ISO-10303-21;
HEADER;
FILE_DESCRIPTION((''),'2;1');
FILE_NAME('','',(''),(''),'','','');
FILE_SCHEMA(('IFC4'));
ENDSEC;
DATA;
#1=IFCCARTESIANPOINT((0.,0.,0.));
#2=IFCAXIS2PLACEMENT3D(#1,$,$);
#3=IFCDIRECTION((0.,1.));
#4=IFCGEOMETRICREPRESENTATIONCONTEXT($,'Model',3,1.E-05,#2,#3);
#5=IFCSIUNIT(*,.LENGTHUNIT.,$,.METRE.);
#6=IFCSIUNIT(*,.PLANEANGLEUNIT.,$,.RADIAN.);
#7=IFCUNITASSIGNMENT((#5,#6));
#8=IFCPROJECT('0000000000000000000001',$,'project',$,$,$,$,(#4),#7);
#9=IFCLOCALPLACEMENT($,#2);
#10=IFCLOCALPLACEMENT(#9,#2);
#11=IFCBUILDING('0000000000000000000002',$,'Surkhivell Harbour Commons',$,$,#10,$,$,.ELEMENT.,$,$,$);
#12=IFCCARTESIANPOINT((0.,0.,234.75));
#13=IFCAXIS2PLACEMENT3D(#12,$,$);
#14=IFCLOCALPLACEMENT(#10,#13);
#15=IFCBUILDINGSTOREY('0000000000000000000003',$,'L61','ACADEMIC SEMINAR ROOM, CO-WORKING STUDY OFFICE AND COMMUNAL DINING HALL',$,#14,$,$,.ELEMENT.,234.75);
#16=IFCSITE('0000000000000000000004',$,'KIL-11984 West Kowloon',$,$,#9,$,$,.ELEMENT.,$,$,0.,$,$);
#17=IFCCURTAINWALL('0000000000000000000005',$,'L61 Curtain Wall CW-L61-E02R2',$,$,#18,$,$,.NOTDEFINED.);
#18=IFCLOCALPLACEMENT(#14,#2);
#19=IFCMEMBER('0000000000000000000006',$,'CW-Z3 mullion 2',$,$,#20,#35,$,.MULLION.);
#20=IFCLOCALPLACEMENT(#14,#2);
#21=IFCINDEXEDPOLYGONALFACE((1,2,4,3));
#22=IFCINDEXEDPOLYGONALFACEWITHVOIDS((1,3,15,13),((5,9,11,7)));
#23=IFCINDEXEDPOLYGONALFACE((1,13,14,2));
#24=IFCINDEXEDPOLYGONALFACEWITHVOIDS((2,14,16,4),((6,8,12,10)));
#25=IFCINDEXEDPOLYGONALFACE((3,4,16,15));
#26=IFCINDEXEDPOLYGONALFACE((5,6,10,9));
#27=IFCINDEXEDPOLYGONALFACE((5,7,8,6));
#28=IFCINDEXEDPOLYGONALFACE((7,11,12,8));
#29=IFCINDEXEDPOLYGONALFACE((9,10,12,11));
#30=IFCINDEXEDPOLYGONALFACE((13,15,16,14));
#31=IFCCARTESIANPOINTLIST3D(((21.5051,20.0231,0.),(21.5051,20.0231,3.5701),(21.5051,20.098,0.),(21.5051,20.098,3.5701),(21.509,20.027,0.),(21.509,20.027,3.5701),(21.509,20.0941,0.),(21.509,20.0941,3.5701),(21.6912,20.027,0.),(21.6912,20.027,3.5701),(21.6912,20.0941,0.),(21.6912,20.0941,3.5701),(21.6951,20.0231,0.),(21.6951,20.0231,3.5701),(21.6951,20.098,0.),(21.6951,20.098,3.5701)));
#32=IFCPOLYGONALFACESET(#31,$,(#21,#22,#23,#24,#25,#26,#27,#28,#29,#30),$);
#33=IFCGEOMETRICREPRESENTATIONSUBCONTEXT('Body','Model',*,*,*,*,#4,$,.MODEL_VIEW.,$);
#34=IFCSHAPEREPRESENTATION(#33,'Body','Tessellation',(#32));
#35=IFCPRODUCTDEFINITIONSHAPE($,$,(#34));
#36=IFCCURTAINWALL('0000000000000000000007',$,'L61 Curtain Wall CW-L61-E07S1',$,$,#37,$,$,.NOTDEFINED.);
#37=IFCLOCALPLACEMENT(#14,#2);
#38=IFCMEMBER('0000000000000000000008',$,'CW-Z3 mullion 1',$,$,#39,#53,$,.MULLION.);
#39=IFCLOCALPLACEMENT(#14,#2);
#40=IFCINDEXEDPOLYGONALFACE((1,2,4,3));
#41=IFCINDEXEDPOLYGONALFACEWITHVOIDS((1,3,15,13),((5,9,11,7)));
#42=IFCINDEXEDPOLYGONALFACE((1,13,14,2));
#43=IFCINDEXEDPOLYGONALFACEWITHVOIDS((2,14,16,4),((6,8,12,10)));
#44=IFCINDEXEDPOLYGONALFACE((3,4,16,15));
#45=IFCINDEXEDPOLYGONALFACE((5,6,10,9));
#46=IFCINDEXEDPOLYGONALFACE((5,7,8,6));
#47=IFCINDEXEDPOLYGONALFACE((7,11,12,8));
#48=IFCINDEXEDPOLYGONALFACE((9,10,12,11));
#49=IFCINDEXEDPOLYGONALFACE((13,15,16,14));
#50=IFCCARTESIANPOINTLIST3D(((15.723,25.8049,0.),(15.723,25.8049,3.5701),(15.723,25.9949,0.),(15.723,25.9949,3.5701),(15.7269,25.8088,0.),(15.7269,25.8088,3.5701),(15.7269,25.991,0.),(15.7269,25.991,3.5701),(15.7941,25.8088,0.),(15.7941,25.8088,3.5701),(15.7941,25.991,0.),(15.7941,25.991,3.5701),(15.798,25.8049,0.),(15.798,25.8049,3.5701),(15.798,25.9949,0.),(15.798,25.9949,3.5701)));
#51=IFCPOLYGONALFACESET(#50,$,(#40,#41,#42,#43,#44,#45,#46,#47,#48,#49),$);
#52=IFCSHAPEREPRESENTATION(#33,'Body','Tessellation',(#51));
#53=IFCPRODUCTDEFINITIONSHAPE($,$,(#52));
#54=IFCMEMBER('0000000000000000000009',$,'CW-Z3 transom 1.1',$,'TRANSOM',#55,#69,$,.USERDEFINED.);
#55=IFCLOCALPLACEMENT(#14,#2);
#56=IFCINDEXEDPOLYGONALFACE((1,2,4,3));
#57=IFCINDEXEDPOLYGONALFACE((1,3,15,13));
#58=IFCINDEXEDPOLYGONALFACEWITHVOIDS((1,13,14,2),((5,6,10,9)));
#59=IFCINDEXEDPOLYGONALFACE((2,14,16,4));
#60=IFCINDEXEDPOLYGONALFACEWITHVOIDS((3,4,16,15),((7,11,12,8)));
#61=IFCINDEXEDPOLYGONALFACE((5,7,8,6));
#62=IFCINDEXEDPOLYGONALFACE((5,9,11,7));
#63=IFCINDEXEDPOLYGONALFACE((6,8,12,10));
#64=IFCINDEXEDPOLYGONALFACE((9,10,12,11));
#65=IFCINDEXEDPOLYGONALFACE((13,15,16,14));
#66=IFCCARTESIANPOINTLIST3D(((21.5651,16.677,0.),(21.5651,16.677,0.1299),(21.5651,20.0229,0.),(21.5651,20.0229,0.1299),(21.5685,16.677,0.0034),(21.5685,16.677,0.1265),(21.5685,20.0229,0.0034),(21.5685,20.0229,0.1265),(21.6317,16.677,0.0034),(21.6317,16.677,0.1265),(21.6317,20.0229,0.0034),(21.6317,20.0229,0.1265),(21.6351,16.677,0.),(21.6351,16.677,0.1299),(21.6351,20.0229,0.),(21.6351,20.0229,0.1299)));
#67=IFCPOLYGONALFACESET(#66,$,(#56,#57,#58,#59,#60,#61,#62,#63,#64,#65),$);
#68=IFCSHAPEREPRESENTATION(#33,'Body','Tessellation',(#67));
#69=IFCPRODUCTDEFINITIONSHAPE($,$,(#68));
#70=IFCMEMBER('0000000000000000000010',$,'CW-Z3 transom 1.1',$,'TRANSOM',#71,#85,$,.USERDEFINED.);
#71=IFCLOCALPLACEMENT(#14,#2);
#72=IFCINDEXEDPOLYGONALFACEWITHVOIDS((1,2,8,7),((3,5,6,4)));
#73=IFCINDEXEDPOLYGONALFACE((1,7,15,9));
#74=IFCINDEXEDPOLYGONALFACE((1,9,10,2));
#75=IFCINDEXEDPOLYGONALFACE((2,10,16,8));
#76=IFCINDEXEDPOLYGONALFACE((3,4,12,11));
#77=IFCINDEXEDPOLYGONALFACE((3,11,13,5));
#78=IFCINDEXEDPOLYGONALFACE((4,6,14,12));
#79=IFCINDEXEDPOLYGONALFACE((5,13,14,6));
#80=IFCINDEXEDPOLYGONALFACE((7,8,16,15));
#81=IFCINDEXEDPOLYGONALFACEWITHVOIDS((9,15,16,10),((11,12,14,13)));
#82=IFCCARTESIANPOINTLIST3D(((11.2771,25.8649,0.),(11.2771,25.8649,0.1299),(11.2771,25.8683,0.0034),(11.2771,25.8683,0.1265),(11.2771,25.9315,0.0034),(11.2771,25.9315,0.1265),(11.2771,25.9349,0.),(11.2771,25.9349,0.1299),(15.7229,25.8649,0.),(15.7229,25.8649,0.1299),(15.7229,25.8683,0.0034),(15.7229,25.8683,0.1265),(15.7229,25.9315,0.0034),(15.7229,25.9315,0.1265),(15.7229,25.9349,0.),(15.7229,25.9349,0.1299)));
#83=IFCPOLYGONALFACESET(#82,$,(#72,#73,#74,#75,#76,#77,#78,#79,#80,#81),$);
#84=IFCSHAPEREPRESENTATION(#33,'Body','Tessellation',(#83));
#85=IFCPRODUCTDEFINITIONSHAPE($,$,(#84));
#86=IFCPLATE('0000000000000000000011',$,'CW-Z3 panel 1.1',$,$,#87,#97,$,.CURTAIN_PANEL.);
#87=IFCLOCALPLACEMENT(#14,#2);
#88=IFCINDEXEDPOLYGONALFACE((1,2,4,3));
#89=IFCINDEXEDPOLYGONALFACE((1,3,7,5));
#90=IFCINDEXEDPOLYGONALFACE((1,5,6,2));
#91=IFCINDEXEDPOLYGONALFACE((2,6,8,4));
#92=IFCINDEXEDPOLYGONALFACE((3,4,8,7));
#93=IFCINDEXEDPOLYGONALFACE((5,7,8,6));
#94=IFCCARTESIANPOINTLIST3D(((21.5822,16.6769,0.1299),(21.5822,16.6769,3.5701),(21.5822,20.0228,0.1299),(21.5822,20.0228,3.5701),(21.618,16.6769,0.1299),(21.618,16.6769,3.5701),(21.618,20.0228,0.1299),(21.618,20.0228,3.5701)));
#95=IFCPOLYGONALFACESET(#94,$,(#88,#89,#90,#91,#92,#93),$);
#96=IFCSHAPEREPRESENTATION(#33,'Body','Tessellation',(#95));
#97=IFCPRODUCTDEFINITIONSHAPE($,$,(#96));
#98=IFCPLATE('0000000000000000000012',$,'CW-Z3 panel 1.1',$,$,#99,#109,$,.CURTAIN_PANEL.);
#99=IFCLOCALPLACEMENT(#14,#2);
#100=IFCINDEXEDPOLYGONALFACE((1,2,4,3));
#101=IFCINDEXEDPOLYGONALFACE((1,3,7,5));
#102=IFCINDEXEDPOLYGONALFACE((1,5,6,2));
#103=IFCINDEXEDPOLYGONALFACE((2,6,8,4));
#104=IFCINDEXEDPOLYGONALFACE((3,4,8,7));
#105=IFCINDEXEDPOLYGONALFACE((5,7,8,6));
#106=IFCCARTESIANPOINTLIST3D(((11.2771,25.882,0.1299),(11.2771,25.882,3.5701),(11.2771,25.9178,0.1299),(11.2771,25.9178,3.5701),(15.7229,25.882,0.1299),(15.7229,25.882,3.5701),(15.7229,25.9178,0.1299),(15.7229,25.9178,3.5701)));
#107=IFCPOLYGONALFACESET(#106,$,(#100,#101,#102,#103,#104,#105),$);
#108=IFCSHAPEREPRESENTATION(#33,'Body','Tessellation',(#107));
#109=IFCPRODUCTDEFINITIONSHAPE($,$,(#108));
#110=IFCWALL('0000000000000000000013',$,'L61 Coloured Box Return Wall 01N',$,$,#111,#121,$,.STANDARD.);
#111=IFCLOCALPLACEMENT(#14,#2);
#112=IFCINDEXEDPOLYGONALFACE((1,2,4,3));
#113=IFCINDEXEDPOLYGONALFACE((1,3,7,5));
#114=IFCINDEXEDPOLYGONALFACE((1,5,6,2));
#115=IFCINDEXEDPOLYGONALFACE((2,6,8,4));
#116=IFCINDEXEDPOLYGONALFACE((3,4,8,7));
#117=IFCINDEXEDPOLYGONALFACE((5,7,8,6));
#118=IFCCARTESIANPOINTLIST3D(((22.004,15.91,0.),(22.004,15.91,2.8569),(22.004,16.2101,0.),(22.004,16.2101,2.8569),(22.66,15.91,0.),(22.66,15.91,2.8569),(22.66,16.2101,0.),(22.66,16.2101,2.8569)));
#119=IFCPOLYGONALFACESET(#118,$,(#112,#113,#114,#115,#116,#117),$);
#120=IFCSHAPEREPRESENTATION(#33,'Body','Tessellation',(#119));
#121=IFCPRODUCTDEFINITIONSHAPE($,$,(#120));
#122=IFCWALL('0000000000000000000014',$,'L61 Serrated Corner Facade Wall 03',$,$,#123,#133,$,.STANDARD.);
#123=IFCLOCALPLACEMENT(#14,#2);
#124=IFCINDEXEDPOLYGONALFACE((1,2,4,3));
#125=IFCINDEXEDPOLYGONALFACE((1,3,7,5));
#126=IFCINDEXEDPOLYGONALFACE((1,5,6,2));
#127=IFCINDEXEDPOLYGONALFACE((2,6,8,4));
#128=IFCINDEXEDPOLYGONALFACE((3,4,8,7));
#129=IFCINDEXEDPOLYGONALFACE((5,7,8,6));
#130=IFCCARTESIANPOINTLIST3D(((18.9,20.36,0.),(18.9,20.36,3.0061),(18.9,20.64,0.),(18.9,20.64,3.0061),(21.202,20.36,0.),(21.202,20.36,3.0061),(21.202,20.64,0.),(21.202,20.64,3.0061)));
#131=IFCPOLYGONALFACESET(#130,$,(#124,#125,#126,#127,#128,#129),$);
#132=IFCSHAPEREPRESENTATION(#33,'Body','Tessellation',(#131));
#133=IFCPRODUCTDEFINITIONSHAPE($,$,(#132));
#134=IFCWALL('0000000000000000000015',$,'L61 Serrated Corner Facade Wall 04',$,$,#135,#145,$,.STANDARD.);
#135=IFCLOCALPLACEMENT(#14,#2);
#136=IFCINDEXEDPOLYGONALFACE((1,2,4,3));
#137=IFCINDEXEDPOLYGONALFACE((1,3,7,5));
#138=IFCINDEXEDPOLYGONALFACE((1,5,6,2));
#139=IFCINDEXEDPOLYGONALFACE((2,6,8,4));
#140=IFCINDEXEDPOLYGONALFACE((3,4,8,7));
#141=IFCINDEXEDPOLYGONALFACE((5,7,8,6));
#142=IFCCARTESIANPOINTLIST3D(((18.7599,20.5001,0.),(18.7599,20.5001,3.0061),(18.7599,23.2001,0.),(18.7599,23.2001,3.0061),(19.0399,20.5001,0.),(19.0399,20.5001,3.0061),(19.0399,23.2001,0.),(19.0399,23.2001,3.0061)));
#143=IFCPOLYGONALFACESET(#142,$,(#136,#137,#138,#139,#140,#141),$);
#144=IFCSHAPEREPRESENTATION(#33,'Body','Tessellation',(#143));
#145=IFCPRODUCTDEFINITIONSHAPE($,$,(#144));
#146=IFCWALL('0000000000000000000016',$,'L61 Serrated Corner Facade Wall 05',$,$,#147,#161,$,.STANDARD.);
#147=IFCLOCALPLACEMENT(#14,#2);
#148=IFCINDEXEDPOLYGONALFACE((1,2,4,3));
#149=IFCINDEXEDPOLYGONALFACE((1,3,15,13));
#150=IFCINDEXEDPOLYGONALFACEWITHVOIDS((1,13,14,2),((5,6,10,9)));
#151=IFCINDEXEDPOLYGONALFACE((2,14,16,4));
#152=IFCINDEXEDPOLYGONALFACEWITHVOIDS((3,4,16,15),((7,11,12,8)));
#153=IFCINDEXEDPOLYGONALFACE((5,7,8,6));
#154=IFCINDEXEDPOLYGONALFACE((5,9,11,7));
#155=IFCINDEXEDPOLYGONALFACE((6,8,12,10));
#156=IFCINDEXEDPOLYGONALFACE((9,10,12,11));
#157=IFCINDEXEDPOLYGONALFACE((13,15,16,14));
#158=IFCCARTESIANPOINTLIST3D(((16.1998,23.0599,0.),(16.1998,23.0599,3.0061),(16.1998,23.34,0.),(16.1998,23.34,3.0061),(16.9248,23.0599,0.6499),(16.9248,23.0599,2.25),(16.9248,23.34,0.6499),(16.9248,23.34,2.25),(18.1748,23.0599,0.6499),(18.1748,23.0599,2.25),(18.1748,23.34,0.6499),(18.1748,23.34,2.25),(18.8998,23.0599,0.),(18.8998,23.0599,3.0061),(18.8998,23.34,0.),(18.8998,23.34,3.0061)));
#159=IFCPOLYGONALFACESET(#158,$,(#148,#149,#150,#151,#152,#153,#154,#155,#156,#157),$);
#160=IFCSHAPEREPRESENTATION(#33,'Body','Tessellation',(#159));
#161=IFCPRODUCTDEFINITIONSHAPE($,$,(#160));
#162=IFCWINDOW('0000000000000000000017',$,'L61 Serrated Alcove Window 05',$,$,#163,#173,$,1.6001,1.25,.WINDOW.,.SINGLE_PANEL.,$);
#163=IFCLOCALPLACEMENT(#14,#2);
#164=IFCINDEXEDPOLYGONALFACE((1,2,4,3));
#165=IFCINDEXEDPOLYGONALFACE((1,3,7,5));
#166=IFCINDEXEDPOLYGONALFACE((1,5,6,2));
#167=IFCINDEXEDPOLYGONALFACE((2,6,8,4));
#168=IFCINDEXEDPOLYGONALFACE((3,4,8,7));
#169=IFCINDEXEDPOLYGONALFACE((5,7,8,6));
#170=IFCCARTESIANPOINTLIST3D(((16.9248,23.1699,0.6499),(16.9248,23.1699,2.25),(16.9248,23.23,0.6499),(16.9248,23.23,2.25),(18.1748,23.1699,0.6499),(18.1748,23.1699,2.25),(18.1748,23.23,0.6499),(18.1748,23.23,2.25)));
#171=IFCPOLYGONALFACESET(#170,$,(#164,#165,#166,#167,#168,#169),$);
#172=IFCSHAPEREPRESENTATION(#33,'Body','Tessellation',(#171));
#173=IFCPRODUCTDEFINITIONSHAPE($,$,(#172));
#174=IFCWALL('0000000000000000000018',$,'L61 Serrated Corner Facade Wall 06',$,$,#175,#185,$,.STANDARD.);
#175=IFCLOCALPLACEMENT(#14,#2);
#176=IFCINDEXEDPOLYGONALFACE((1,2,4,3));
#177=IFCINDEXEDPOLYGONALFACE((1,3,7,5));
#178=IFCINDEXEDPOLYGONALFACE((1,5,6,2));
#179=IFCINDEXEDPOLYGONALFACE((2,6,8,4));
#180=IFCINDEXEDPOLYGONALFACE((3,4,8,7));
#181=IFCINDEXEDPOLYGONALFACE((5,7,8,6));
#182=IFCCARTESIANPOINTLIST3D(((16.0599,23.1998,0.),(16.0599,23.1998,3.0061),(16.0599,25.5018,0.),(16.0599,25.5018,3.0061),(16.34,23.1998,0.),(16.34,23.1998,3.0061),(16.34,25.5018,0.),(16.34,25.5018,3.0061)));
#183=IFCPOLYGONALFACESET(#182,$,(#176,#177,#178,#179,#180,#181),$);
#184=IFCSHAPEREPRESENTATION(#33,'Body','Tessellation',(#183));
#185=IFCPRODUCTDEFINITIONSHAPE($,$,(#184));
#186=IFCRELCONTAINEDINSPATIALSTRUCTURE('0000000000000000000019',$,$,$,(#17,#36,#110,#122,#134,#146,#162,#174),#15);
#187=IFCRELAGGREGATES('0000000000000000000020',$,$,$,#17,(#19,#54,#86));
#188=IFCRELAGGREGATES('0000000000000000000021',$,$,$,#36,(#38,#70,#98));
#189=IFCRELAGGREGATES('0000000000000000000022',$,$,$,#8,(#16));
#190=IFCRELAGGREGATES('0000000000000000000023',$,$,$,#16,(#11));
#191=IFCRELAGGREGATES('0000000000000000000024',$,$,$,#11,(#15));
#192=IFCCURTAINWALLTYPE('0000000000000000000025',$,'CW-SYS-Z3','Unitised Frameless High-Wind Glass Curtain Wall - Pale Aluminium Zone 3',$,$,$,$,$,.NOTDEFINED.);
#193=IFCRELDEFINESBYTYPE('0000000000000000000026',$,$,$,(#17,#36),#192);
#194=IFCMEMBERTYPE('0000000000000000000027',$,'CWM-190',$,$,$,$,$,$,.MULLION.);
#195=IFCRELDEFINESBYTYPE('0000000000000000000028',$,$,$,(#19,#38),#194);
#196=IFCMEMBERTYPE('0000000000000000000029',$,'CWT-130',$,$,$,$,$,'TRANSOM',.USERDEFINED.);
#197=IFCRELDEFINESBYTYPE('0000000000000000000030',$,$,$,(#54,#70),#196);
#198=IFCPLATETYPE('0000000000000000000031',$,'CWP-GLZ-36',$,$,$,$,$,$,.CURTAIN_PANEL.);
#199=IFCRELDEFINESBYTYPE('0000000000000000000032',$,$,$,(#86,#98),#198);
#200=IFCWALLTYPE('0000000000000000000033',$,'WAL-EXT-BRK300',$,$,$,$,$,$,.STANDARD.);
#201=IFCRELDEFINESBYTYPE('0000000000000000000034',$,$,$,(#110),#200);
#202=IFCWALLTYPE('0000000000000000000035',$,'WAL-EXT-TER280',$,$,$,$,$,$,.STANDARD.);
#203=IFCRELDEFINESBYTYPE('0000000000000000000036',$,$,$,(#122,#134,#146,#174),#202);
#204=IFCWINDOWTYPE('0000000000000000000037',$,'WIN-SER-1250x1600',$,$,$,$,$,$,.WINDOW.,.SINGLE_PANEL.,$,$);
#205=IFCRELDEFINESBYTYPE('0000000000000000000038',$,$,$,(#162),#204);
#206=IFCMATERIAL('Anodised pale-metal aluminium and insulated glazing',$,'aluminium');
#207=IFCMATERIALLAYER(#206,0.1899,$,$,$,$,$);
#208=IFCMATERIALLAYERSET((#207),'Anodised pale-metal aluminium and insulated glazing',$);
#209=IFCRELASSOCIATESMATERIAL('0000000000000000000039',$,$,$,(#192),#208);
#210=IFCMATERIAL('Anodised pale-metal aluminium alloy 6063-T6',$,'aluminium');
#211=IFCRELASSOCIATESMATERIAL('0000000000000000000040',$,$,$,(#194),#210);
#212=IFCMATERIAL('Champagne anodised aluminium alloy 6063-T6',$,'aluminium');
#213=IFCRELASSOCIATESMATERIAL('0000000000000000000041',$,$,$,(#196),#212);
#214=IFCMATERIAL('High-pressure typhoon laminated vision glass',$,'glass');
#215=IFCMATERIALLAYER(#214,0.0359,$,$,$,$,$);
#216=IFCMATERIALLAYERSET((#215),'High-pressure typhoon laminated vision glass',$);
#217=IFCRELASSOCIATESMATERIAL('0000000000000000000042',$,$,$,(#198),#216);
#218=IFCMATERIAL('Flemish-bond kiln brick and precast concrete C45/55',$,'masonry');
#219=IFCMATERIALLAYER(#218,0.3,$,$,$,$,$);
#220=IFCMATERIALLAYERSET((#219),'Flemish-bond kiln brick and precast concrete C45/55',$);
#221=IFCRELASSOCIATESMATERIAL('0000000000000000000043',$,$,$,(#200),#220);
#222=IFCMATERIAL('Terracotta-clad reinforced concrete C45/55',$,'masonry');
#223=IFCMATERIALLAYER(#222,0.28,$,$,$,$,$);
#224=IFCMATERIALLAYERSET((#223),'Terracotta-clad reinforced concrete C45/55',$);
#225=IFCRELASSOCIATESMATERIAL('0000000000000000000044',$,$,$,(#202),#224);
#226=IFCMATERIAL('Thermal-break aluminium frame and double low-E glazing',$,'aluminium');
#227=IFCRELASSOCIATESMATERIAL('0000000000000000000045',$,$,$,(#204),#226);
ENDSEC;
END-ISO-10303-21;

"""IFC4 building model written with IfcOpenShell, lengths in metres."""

from ifc_helpers import new_model, si_unit, direction, frame, frame_2d, origin, origin_2d, place, context, subcontext, project, spatial, rectangle, hollow_rectangle, extrude, material, layer, layer_set, material_profile, profile_set, type_object, element, fill, aggregate, save


model = new_model("IFC4")

# Units and contexts
model_context = context("Model", 3, precision=1e-05, world=origin(), true_north=direction((0.0, 1.0)))
body_context = subcontext(model_context, "Body", "Model", "MODEL_VIEW")
ifc_project = project(units=[si_unit("LENGTHUNIT", "METRE"), si_unit("PLANEANGLEUNIT", "RADIAN")], contexts=[model_context])

# Site, building, storey
site_placement = place(None, origin())
site = spatial("IfcSite", under=ifc_project, at=site_placement, Name="KIL-11984 West Kowloon", CompositionType="ELEMENT", RefElevation=0.0)
building_placement = place(site_placement, origin())
building = spatial("IfcBuilding", under=site, at=building_placement, Name="Surkhivell Harbour Commons", CompositionType="ELEMENT")
storey_placement = place(building_placement, frame((0.0, 0.0, 234.75)))
storey = spatial("IfcBuildingStorey", under=building, at=storey_placement, Name="L61", Description="ACADEMIC SEMINAR ROOM, CO-WORKING STUDY OFFICE AND COMMUNAL DINING HALL", CompositionType="ELEMENT", Elevation=234.75)

# Curtain wall, member
ifc_material_1 = material(Name="Anodised pale-metal aluminium and insulated glazing", Category="aluminium")
ifc_layer_1 = layer(ifc_material_1, 0.1899)
ifc_layer_set_1 = layer_set([ifc_layer_1], Name="Anodised pale-metal aluminium and insulated glazing")
curtain_wall_type = type_object("IfcCurtainWallType", Name="CW-SYS-Z3", Description="Unitised Frameless High-Wind Glass Curtain Wall - Pale Aluminium Zone 3", PredefinedType="NOTDEFINED", material=ifc_layer_set_1)
curtain_wall_1_placement = place(storey_placement, origin())
curtain_wall_1 = element("IfcCurtainWall", 1, at=curtain_wall_1_placement, inside=storey, type_object=curtain_wall_type, Name="L61 Curtain Wall CW-L61-E02R2", PredefinedType="NOTDEFINED")
ifc_material_2 = material(Name="Anodised pale-metal aluminium alloy 6063-T6", Category="aluminium")
ifc_material_profile_1 = material_profile(ifc_material_2, hollow_rectangle(XDim=0.075, YDim=0.1899, WallThickness=0.0039, at=origin_2d()), Name="ALU-MULL-75x190")
ifc_profile_set_1 = profile_set([ifc_material_profile_1], Name="Anodised pale-metal aluminium alloy 6063-T6")
member_type_1 = type_object("IfcMemberType", Name="CWM-190", PredefinedType="MULLION", material=ifc_profile_set_1)
member_1_placement = place(storey_placement, frame((21.6001, 20.0605, 0.0), z_axis=(0.0, 0.0, 1.0), x_axis=(0.0, 1.0, 0.0)))
member_1 = element("IfcMember", 2, at=member_1_placement, type_object=member_type_1, Name="CW-Z3 mullion 2", PredefinedType="MULLION", context=body_context, shape_type="SweptSolid", body=[
    extrude(hollow_rectangle(XDim=0.075, YDim=0.1899, WallThickness=0.0039, at=origin_2d()), origin(), (0.0, 0.0, 1.0), 3.5701),
])

# Curtain wall, member
curtain_wall_2_placement = place(storey_placement, origin())
curtain_wall_2 = element("IfcCurtainWall", 3, at=curtain_wall_2_placement, inside=storey, type_object=curtain_wall_type, Name="L61 Curtain Wall CW-L61-E07S1", PredefinedType="NOTDEFINED")
member_2_placement = place(storey_placement, frame((15.7605, 25.8999, 0.0), z_axis=(0.0, 0.0, 1.0), x_axis=(-1.0, 0.0, 0.0)))
member_2 = element("IfcMember", 4, at=member_2_placement, type_object=member_type_1, Name="CW-Z3 mullion 1", PredefinedType="MULLION", context=body_context, shape_type="SweptSolid", body=[
    extrude(hollow_rectangle(XDim=0.075, YDim=0.1899, WallThickness=0.0039, at=origin_2d()), origin(), (0.0, 0.0, 1.0), 3.5701),
])

# Members
ifc_material_3 = material(Name="Champagne anodised aluminium alloy 6063-T6", Category="aluminium")
ifc_material_profile_2 = material_profile(ifc_material_3, hollow_rectangle(XDim=0.0701, YDim=0.1299, WallThickness=0.0034, at=origin_2d()), Name="ALU-TRAN-70x130")
ifc_profile_set_2 = profile_set([ifc_material_profile_2], Name="Champagne anodised aluminium alloy 6063-T6")
member_type_2 = type_object("IfcMemberType", Name="CWT-130", ElementType="TRANSOM", PredefinedType="USERDEFINED", material=ifc_profile_set_2)
member_3_placement = place(storey_placement, frame((21.6001, 16.677, 0.0649), z_axis=(0.0, 1.0, 0.0), x_axis=(-1.0, 0.0, 0.0)))
member_3 = element("IfcMember", 5, at=member_3_placement, type_object=member_type_2, Name="CW-Z3 transom 1.1", ObjectType="TRANSOM", PredefinedType="USERDEFINED", context=body_context, shape_type="SweptSolid", body=[
    extrude(hollow_rectangle(XDim=0.0701, YDim=0.1299, WallThickness=0.0034, at=origin_2d()), origin(), (0.0, 0.0, 1.0), 3.3459),
])
member_4_placement = place(storey_placement, frame((15.7229, 25.8999, 0.0649), z_axis=(-1.0, 0.0, 0.0), x_axis=(0.0, -1.0, 0.0)))
member_4 = element("IfcMember", 6, at=member_4_placement, type_object=member_type_2, Name="CW-Z3 transom 1.1", ObjectType="TRANSOM", PredefinedType="USERDEFINED", context=body_context, shape_type="SweptSolid", body=[
    extrude(hollow_rectangle(XDim=0.0701, YDim=0.1299, WallThickness=0.0034, at=origin_2d()), origin(), (0.0, 0.0, 1.0), 4.4458),
])

# Plates
ifc_material_4 = material(Name="High-pressure typhoon laminated vision glass", Category="glass")
ifc_layer_2 = layer(ifc_material_4, 0.0359)
ifc_layer_set_2 = layer_set([ifc_layer_2], Name="High-pressure typhoon laminated vision glass")
plate_type = type_object("IfcPlateType", Name="CWP-GLZ-36", PredefinedType="CURTAIN_PANEL", material=ifc_layer_set_2)
plate_1_placement = place(storey_placement, frame((21.6001, 16.677, 0.1299), z_axis=(0.0, 0.0, 1.0), x_axis=(0.0, 1.0, 0.0)))
plate_1 = element("IfcPlate", 7, at=plate_1_placement, type_object=plate_type, Name="CW-Z3 panel 1.1", PredefinedType="CURTAIN_PANEL", context=body_context, shape_type="SweptSolid", body=[
    extrude(rectangle(XDim=3.3459, YDim=0.0359, at=frame_2d((1.6729, 0.0))), origin(), (0.0, 0.0, 1.0), 3.4402),
])
aggregate(curtain_wall_1, [member_1, member_3, plate_1])
plate_2_placement = place(storey_placement, frame((15.7229, 25.8999, 0.1299), z_axis=(0.0, 0.0, 1.0), x_axis=(-1.0, 0.0, 0.0)))
plate_2 = element("IfcPlate", 8, at=plate_2_placement, type_object=plate_type, Name="CW-Z3 panel 1.1", PredefinedType="CURTAIN_PANEL", context=body_context, shape_type="SweptSolid", body=[
    extrude(rectangle(XDim=4.4458, YDim=0.0359, at=frame_2d((2.2229, 0.0))), origin(), (0.0, 0.0, 1.0), 3.4402),
])
aggregate(curtain_wall_2, [member_2, member_4, plate_2])

# Walls
ifc_material_5 = material(Name="Flemish-bond kiln brick and precast concrete C45/55", Category="masonry")
ifc_layer_3 = layer(ifc_material_5, 0.3)
ifc_layer_set_3 = layer_set([ifc_layer_3], Name="Flemish-bond kiln brick and precast concrete C45/55")
wall_type_1 = type_object("IfcWallType", Name="WAL-EXT-BRK300", PredefinedType="STANDARD", material=ifc_layer_set_3)
wall_1_placement = place(storey_placement, frame((22.0039, 16.0601, 0.0), z_axis=(0.0, 0.0, 1.0), x_axis=(1.0, 0.0, 0.0)))
element("IfcWall", 9, at=wall_1_placement, inside=storey, type_object=wall_type_1, Name="L61 Coloured Box Return Wall 01N", PredefinedType="STANDARD", context=body_context, shape_type="SweptSolid", body=[
    extrude(rectangle(XDim=0.656, YDim=0.3, at=frame_2d((0.3281, 0.0))), origin(), (0.0, 0.0, 1.0), 2.8569),
])
ifc_material_6 = material(Name="Terracotta-clad reinforced concrete C45/55", Category="masonry")
ifc_layer_4 = layer(ifc_material_6, 0.28)
ifc_layer_set_4 = layer_set([ifc_layer_4], Name="Terracotta-clad reinforced concrete C45/55")
wall_type_2 = type_object("IfcWallType", Name="WAL-EXT-TER280", PredefinedType="STANDARD", material=ifc_layer_set_4)
wall_2_placement = place(storey_placement, frame((21.2019, 20.5, 0.0), z_axis=(0.0, 0.0, 1.0), x_axis=(-1.0, 0.0, 0.0)))
element("IfcWall", 10, at=wall_2_placement, inside=storey, type_object=wall_type_2, Name="L61 Serrated Corner Facade Wall 03", PredefinedType="STANDARD", context=body_context, shape_type="SweptSolid", body=[
    extrude(rectangle(XDim=2.302, YDim=0.28, at=frame_2d((1.1509, 0.0))), origin(), (0.0, 0.0, 1.0), 3.0061),
])
wall_3_placement = place(storey_placement, frame((18.8999, 20.5, 0.0), z_axis=(0.0, 0.0, 1.0), x_axis=(0.0, 1.0, 0.0)))
element("IfcWall", 11, at=wall_3_placement, inside=storey, type_object=wall_type_2, Name="L61 Serrated Corner Facade Wall 04", PredefinedType="STANDARD", context=body_context, shape_type="SweptSolid", body=[
    extrude(rectangle(XDim=2.7, YDim=0.28, at=frame_2d((1.3501, 0.0))), origin(), (0.0, 0.0, 1.0), 3.0061),
])

# Wall, opening, window
wall_4_placement = place(storey_placement, frame((18.8999, 23.2, 0.0), z_axis=(0.0, 0.0, 1.0), x_axis=(-1.0, 0.0, 0.0)))
wall_4 = element("IfcWall", 12, at=wall_4_placement, inside=storey, type_object=wall_type_2, Name="L61 Serrated Corner Facade Wall 05", PredefinedType="STANDARD", context=body_context, shape_type="SweptSolid", body=[
    extrude(rectangle(XDim=2.7, YDim=0.28, at=frame_2d((1.3501, 0.0))), origin(), (0.0, 0.0, 1.0), 3.0061),
])
opening_placement = place(wall_4_placement, frame((0.7251, 0.0, 0.6499)))
opening = element("IfcOpeningElement", 13, at=opening_placement, cuts=wall_4, PredefinedType="OPENING", context=body_context, shape_type="SweptSolid", body=[
    extrude(rectangle(XDim=1.25, YDim=1.6001, at=frame_2d((0.625, 0.8))), frame((0.0, 0.1499, 0.0), z_axis=(0.0, -1.0, 0.0), x_axis=(1.0, 0.0, 0.0)), (0.0, 0.0, 1.0), 0.3),
])
ifc_material_7 = material(Name="Thermal-break aluminium frame and double low-E glazing", Category="aluminium")
window_type = type_object("IfcWindowType", Name="WIN-SER-1250x1600", PartitioningType="SINGLE_PANEL", PredefinedType="WINDOW", material=ifc_material_7)
window_placement = place(opening_placement, origin())
window = element("IfcWindow", 14, at=window_placement, inside=storey, type_object=window_type, Name="L61 Serrated Alcove Window 05", OverallHeight=1.6001, OverallWidth=1.25, PartitioningType="SINGLE_PANEL", PredefinedType="WINDOW", context=body_context, shape_type="SweptSolid", body=[
    extrude(rectangle(XDim=1.25, YDim=1.6001, at=frame_2d((0.625, 0.8))), frame((0.0, 0.03, 0.0), z_axis=(0.0, -1.0, 0.0), x_axis=(1.0, 0.0, 0.0)), (0.0, 0.0, 1.0), 0.0601),
])
fill(opening, window)

# Wall
wall_5_placement = place(storey_placement, frame((16.2, 23.2, 0.0), z_axis=(0.0, 0.0, 1.0), x_axis=(0.0, 1.0, 0.0)))
element("IfcWall", 15, at=wall_5_placement, inside=storey, type_object=wall_type_2, Name="L61 Serrated Corner Facade Wall 06", PredefinedType="STANDARD", context=body_context, shape_type="SweptSolid", body=[
    extrude(rectangle(XDim=2.302, YDim=0.28, at=frame_2d((1.1509, 0.0))), origin(), (0.0, 0.0, 1.0), 3.0061),
])

save(model, "model.ifc")
